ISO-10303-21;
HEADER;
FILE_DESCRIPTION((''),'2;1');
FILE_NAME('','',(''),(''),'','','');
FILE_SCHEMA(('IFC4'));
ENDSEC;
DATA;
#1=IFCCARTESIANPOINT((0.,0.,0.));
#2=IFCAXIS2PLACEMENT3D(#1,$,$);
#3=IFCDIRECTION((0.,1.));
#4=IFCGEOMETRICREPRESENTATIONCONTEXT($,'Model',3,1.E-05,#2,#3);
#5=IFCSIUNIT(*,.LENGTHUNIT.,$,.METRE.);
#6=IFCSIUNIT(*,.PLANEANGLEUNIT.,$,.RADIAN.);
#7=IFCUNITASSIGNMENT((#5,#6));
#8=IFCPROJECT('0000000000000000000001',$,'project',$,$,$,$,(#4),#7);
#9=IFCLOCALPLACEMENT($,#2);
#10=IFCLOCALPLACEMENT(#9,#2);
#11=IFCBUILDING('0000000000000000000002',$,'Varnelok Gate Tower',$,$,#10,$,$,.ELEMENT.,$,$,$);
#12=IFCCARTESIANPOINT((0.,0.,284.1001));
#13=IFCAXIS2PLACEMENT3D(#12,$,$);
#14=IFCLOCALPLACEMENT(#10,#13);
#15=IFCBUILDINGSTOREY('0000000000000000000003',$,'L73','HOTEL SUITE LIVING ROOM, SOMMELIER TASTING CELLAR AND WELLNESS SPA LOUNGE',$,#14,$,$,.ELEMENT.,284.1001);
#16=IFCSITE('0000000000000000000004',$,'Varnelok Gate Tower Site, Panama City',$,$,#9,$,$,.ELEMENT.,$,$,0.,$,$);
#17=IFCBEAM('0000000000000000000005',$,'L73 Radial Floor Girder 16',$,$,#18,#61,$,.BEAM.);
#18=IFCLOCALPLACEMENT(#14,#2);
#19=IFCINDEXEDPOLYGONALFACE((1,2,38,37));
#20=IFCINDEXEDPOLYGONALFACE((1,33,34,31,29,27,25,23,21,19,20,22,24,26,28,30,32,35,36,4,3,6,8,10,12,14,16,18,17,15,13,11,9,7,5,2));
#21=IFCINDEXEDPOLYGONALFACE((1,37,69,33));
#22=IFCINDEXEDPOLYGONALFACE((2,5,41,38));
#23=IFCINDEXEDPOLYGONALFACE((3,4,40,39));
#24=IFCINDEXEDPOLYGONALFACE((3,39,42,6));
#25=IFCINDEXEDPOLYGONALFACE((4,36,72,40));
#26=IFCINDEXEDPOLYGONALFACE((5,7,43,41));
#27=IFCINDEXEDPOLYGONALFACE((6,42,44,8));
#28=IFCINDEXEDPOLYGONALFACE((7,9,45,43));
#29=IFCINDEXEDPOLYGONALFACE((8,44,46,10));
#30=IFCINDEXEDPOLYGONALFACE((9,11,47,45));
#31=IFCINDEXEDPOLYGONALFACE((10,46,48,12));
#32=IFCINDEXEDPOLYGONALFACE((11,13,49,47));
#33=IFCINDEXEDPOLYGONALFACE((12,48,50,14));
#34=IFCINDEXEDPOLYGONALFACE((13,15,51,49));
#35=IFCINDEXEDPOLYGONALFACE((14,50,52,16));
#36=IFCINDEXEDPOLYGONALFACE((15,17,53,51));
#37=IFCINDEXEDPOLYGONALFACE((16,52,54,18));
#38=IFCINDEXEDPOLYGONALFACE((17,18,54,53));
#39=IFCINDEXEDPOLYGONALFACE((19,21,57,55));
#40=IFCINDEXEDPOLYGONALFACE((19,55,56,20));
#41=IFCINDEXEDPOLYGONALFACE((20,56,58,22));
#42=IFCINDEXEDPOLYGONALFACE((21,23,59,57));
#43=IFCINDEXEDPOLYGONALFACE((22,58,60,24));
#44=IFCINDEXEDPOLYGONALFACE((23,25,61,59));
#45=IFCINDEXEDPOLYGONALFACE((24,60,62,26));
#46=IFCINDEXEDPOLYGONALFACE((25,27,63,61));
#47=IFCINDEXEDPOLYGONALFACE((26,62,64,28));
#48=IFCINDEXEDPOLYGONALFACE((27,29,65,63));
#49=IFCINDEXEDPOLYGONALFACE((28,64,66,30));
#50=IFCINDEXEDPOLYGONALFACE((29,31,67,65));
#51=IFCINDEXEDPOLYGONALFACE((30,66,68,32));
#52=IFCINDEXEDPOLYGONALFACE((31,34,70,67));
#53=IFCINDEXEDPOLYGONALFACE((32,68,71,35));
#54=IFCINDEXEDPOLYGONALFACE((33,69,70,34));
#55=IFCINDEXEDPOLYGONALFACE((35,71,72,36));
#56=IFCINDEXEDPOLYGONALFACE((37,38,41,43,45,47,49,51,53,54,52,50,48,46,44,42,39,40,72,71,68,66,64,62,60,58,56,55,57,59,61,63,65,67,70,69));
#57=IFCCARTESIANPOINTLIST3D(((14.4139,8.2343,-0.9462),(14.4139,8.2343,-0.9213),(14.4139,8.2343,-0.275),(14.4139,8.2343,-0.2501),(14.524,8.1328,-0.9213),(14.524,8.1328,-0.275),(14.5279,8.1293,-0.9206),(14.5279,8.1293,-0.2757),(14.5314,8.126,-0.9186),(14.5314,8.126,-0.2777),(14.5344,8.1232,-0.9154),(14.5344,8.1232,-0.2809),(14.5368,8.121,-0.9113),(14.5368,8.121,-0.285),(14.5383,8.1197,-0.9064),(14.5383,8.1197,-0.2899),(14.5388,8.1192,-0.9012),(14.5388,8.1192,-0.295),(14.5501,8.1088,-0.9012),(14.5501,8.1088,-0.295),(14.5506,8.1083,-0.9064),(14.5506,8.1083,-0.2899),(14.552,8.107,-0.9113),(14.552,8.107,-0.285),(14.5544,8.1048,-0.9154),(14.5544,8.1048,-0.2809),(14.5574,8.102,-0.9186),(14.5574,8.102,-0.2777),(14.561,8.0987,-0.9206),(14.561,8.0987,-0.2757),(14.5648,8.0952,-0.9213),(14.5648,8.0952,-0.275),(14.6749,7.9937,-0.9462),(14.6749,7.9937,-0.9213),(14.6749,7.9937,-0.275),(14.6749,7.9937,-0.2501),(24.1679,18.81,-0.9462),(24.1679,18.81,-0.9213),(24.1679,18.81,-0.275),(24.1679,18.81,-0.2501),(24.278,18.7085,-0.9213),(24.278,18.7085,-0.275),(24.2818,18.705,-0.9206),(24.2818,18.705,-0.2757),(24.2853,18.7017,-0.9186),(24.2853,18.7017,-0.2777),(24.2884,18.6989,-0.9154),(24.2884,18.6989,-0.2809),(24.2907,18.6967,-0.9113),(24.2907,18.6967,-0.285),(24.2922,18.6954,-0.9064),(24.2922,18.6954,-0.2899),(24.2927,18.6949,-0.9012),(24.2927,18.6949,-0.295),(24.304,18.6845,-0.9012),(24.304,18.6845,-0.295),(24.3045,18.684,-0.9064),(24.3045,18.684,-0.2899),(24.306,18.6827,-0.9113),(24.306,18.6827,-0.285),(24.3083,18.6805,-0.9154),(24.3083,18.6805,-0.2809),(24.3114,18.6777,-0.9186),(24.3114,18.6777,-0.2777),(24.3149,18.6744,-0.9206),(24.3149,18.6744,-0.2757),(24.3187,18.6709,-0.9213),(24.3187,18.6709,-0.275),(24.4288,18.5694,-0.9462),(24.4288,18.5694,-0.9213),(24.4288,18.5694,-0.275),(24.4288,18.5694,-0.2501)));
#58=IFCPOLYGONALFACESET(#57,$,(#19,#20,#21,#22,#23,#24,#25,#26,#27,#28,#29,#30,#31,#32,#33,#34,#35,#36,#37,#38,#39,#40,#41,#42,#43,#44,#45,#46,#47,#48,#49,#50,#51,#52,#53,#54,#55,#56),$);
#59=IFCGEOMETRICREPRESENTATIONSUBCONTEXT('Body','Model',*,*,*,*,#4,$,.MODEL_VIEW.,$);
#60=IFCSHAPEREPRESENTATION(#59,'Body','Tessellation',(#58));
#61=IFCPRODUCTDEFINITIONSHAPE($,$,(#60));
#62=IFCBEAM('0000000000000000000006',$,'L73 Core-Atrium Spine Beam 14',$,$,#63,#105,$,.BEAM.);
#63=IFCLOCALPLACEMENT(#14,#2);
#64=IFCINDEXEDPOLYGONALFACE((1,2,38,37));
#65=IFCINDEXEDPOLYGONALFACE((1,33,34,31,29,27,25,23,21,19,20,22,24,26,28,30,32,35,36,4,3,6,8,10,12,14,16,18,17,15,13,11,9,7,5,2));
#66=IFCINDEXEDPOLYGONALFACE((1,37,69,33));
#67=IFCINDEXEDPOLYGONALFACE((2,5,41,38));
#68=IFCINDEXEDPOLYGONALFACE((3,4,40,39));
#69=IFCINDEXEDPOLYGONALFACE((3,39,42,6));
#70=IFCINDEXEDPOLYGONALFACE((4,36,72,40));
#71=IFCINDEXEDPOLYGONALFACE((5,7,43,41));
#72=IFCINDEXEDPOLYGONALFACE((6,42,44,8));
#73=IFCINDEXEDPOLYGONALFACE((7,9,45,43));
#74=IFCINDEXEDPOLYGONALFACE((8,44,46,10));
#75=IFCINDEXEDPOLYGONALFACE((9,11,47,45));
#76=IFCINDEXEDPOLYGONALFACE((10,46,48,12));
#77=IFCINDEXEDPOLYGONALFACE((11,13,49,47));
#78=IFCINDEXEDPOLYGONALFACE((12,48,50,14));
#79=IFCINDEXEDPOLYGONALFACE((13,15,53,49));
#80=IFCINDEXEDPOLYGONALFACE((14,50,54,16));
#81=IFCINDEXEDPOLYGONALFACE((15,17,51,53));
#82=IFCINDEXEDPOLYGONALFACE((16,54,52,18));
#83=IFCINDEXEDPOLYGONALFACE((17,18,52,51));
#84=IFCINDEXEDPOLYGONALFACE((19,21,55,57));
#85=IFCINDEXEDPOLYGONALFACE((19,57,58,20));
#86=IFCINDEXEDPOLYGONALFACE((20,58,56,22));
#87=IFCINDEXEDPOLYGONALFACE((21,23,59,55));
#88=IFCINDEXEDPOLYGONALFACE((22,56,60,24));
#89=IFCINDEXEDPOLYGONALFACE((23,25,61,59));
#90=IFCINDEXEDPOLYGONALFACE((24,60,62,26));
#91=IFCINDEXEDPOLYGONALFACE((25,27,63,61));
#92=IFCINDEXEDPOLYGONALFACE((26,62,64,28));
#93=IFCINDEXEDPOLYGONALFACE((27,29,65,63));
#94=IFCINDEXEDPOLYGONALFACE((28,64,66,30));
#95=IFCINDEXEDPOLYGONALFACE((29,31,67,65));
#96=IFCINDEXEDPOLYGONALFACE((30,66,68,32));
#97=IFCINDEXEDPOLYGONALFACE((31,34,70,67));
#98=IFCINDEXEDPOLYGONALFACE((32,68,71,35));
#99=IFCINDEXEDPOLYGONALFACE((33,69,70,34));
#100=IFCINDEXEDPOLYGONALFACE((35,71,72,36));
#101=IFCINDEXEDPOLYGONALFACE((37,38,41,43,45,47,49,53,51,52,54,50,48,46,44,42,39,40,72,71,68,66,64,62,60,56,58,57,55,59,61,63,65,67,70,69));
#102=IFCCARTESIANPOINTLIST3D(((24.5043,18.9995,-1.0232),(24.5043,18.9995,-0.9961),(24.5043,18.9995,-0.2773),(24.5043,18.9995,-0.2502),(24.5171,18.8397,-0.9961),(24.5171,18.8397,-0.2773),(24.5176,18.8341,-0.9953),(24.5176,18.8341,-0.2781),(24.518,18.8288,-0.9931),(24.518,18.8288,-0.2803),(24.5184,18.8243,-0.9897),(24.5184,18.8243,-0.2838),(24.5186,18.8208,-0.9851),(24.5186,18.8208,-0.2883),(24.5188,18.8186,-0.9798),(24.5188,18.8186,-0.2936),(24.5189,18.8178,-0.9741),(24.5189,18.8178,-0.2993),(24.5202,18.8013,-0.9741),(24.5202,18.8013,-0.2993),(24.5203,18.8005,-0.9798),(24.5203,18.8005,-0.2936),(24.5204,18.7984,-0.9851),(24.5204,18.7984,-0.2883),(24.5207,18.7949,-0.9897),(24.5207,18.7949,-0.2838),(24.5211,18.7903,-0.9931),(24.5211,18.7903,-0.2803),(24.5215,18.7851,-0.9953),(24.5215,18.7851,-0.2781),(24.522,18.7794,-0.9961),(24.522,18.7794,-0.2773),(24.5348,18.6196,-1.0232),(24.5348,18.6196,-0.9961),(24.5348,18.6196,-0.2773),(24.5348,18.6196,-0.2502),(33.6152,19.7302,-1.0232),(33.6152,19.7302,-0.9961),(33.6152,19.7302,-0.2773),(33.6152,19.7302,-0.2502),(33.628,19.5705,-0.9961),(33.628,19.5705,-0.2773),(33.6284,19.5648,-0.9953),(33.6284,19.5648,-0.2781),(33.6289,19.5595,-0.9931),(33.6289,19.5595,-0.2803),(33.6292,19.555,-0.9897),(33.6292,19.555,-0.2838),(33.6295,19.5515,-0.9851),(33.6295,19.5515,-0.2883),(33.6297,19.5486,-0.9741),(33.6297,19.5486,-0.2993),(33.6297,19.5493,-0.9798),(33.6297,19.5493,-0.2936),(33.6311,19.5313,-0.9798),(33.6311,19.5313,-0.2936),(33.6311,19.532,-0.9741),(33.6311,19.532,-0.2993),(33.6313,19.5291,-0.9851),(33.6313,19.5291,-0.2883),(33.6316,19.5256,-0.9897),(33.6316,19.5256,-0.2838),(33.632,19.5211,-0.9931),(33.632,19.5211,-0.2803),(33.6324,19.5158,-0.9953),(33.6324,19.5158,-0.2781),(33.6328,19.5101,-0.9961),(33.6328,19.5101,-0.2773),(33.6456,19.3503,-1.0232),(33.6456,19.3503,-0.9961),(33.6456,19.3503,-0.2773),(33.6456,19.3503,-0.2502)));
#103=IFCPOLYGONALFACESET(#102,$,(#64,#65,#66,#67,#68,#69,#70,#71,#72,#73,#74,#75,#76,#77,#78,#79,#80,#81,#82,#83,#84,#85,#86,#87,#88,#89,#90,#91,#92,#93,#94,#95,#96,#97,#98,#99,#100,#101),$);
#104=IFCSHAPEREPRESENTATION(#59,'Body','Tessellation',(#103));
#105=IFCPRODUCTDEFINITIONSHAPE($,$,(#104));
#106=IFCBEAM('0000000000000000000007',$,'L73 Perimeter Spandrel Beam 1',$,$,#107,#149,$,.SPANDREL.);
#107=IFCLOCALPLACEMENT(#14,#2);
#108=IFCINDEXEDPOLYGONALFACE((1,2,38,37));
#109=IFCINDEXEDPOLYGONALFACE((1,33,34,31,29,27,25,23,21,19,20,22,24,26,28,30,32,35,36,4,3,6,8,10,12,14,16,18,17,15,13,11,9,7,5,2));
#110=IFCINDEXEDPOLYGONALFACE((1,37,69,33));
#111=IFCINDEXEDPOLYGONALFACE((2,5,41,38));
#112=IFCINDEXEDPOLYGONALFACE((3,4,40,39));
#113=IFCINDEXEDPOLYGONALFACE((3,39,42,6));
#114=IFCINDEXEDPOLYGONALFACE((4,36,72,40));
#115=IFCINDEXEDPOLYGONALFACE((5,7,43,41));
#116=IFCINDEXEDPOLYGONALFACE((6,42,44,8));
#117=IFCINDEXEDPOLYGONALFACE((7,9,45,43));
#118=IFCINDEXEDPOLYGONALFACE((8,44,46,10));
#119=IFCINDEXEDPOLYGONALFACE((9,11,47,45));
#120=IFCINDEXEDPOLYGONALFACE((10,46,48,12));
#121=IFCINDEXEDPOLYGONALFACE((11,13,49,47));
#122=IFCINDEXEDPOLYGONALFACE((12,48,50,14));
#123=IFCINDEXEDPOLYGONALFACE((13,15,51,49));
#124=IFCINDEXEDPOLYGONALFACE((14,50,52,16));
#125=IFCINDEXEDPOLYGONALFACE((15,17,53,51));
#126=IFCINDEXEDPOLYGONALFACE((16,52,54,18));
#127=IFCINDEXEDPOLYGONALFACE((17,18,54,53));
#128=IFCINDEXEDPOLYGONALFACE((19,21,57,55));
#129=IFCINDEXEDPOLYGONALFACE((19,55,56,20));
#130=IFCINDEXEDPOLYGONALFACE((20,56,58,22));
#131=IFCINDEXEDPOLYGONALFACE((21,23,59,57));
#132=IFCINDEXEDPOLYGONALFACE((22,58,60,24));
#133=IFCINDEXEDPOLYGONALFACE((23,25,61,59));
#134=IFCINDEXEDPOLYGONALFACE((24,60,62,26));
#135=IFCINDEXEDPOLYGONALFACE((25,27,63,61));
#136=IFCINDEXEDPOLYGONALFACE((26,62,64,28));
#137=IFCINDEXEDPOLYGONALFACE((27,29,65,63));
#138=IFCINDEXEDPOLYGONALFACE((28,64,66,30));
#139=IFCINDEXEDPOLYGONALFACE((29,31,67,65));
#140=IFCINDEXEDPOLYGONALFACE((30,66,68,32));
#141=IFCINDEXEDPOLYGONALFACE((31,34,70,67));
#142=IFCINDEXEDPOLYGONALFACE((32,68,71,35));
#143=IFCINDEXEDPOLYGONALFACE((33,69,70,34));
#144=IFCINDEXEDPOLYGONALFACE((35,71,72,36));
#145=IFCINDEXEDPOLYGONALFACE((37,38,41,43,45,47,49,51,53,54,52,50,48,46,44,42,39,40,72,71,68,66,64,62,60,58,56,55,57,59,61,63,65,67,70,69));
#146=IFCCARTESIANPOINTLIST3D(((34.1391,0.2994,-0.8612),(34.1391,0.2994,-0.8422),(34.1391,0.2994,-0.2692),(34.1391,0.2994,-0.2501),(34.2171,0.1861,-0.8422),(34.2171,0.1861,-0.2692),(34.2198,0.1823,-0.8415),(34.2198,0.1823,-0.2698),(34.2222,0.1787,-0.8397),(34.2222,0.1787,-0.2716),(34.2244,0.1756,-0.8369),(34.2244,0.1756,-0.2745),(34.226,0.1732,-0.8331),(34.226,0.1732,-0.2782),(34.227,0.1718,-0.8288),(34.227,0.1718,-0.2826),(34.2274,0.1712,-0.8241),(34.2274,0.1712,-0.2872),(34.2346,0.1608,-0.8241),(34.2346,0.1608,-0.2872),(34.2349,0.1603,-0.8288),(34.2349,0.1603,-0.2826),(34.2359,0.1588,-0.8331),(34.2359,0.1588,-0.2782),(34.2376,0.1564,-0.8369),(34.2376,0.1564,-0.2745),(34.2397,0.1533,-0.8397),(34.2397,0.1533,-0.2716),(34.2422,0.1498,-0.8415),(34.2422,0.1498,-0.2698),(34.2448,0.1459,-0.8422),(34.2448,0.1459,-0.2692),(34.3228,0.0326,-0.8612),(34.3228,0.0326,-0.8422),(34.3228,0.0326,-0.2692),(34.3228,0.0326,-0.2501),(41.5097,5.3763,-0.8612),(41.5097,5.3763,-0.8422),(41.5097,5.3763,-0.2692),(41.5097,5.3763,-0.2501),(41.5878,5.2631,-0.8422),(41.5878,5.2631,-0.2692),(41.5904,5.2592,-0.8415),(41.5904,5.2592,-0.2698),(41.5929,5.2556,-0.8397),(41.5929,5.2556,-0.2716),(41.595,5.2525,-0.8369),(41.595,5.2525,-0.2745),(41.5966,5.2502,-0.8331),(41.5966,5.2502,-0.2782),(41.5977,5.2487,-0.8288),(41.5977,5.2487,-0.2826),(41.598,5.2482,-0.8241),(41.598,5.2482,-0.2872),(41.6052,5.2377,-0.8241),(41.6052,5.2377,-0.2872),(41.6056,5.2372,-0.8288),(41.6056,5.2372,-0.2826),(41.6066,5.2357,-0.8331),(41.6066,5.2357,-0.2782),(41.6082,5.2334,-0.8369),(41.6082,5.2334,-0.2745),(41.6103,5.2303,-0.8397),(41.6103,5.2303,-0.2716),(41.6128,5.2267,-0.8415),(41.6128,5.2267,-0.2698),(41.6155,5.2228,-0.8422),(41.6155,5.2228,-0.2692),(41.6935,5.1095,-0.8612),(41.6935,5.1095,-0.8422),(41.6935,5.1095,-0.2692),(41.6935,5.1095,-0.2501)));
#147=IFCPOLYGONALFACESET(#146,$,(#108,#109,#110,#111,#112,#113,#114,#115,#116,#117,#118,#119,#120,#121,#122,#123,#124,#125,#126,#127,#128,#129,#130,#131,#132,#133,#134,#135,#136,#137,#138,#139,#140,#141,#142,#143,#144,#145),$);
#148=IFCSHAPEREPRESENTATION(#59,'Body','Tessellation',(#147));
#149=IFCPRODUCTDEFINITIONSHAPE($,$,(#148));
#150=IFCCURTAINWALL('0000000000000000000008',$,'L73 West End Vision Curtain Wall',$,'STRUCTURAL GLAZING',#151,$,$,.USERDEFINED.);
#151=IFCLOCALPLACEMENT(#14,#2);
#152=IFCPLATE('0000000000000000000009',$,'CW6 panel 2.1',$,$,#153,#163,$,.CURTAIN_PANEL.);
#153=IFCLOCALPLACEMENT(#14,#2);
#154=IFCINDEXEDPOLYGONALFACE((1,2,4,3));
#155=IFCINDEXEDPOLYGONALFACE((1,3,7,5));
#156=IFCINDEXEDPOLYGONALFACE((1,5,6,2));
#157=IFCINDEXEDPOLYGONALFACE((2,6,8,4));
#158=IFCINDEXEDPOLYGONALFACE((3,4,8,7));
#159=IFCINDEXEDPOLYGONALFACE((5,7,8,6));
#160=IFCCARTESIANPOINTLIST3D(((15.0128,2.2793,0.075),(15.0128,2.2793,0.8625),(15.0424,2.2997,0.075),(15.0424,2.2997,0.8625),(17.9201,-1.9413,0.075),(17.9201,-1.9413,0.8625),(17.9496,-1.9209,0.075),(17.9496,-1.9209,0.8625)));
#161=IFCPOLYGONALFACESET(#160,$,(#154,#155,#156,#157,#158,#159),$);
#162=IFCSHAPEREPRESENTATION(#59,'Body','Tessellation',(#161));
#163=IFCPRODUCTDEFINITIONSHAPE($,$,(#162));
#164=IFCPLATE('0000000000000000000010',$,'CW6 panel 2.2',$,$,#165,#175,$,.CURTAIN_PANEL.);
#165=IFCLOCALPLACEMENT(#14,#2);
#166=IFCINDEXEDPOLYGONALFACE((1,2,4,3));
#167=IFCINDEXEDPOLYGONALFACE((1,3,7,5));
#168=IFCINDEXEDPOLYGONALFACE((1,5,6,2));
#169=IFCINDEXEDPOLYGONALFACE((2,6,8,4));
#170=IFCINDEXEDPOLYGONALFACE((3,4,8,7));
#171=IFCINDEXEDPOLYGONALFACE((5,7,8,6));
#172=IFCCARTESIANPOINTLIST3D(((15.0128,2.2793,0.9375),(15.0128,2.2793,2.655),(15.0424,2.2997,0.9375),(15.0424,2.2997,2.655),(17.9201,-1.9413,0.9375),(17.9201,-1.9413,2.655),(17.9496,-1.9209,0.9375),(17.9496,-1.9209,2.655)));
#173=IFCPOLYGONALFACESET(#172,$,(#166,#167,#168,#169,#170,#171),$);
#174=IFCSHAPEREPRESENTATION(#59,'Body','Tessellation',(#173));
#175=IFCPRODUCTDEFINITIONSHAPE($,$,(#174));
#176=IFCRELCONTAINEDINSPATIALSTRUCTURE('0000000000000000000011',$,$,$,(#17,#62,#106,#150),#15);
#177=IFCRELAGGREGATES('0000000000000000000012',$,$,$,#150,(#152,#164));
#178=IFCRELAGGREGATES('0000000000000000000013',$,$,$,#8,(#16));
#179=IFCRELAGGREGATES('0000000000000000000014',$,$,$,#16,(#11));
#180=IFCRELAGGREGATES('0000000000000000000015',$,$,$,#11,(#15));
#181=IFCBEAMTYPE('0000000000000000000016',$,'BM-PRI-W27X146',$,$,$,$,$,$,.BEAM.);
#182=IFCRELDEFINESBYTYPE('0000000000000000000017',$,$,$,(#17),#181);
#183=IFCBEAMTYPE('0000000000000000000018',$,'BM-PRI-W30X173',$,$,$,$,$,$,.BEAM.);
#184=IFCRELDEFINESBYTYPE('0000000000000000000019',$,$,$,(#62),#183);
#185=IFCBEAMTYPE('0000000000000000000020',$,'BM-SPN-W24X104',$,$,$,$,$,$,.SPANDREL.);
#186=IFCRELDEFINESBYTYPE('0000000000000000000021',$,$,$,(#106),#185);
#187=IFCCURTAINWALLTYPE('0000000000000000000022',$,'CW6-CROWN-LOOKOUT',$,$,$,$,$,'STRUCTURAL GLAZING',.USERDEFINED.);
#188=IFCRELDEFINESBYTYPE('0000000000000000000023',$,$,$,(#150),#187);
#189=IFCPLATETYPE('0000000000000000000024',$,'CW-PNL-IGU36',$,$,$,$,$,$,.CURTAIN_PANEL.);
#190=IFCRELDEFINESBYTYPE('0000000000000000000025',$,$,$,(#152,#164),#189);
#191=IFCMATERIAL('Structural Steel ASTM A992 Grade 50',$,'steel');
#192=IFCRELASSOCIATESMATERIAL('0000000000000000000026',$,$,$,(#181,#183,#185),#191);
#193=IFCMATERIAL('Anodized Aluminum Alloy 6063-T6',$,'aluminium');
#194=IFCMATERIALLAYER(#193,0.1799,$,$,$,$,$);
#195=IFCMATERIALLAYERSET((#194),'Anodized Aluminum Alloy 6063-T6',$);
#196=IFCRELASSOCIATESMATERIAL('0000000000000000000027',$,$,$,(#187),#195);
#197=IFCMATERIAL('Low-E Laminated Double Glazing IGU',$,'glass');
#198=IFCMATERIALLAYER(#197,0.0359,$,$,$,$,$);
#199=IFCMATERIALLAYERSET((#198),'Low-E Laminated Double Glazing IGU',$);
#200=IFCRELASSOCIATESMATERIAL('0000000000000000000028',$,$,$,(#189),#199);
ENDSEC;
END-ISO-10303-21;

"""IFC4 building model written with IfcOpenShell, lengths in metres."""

from ifc_helpers import new_model, si_unit, direction, frame, origin, origin_2d, place, context, subcontext, project, spatial, rectangle, i_section, extrude, source, transform, mapped, material, layer, layer_set, material_profile, profile_set, type_object, element, aggregate, save


model = new_model("IFC4")

# Units and contexts
model_context = context("Model", 3, precision=1e-05, world=origin(), true_north=direction((0.0, 1.0)))
body_context = subcontext(model_context, "Body", "Model", "MODEL_VIEW")
ifc_project = project(units=[si_unit("LENGTHUNIT", "METRE"), si_unit("PLANEANGLEUNIT", "RADIAN")], contexts=[model_context])

# Site, building, storey
site_placement = place(None, origin())
site = spatial("IfcSite", under=ifc_project, at=site_placement, Name="Varnelok Gate Tower Site, Panama City", CompositionType="ELEMENT", RefElevation=0.0)
building_placement = place(site_placement, origin())
building = spatial("IfcBuilding", under=site, at=building_placement, Name="Varnelok Gate Tower", CompositionType="ELEMENT")
storey_placement = place(building_placement, frame((0.0, 0.0, 284.1001)))
storey = spatial("IfcBuildingStorey", under=building, at=storey_placement, Name="L73", Description="HOTEL SUITE LIVING ROOM, SOMMELIER TASTING CELLAR AND WELLNESS SPA LOUNGE", CompositionType="ELEMENT", Elevation=284.1001)

# Shared definitions
ifc_material_1 = material(Name="Structural Steel ASTM A992 Grade 50", Category="steel")

# Beams
ifc_material_profile_1 = material_profile(ifc_material_1, i_section(OverallWidth=0.355, OverallDepth=0.696, WebThickness=0.0154, FlangeThickness=0.0249, FilletRadius=0.02, at=origin_2d()), Name="W27X146")
ifc_profile_set_1 = profile_set([ifc_material_profile_1], Name="Structural Steel ASTM A992 Grade 50")
beam_type_1 = type_object("IfcBeamType", Name="BM-PRI-W27X146", PredefinedType="BEAM", material=ifc_profile_set_1)
beam_1_placement = place(storey_placement, frame((24.2983, 18.6897, -0.5981), z_axis=(-0.67797, -0.73509, 0.0), x_axis=(0.73509, -0.67797, 0.0)))
element("IfcBeam", 1, at=beam_1_placement, inside=storey, type_object=beam_type_1, Name="L73 Radial Floor Girder 16", PredefinedType="BEAM", context=body_context, shape_type="SweptSolid", body=[
    extrude(i_section(OverallWidth=0.355, OverallDepth=0.696, WebThickness=0.0154, FlangeThickness=0.0249, FilletRadius=0.02, at=origin_2d()), origin(), (0.0, 0.0, 1.0), 14.387),
])
ifc_material_profile_2 = material_profile(ifc_material_1, i_section(OverallWidth=0.3811, OverallDepth=0.7729, WebThickness=0.0166, FlangeThickness=0.0271, FilletRadius=0.022, at=origin_2d()), Name="W30X173")
ifc_profile_set_2 = profile_set([ifc_material_profile_2], Name="Structural Steel ASTM A992 Grade 50")
beam_type_2 = type_object("IfcBeamType", Name="BM-PRI-W30X173", PredefinedType="BEAM", material=ifc_profile_set_2)
beam_2_placement = place(storey_placement, frame((24.5195, 18.8096, -0.6367), z_axis=(0.996799, 0.079946, 0.0), x_axis=(-0.079946, 0.996799, 0.0)))
element("IfcBeam", 2, at=beam_2_placement, inside=storey, type_object=beam_type_2, Name="L73 Core-Atrium Spine Beam 14", PredefinedType="BEAM", context=body_context, shape_type="SweptSolid", body=[
    extrude(i_section(OverallWidth=0.3811, OverallDepth=0.7729, WebThickness=0.0166, FlangeThickness=0.0271, FilletRadius=0.022, at=origin_2d()), origin(), (0.0, 0.0, 1.0), 9.1401),
])
ifc_material_profile_3 = material_profile(ifc_material_1, i_section(OverallWidth=0.324, OverallDepth=0.6111, WebThickness=0.0127, FlangeThickness=0.019, FilletRadius=0.0181, at=origin_2d()), Name="W24X104")
ifc_profile_set_3 = profile_set([ifc_material_profile_3], Name="Structural Steel ASTM A992 Grade 50")
beam_type_3 = type_object("IfcBeamType", Name="BM-SPN-W24X104", PredefinedType="SPANDREL", material=ifc_profile_set_3)
beam_3_placement = place(storey_placement, frame((34.231, 0.166, -0.5557), z_axis=(0.82354, 0.567258, 0.0), x_axis=(-0.567258, 0.82354, 0.0)))
element("IfcBeam", 3, at=beam_3_placement, inside=storey, type_object=beam_type_3, Name="L73 Perimeter Spandrel Beam 1", PredefinedType="SPANDREL", context=body_context, shape_type="SweptSolid", body=[
    extrude(i_section(OverallWidth=0.324, OverallDepth=0.6111, WebThickness=0.0127, FlangeThickness=0.019, FilletRadius=0.0181, at=origin_2d()), origin(), (0.0, 0.0, 1.0), 8.95),
])

# Curtain wall, plates
ifc_material_2 = material(Name="Anodized Aluminum Alloy 6063-T6", Category="aluminium")
ifc_layer_1 = layer(ifc_material_2, 0.1799)
ifc_layer_set_1 = layer_set([ifc_layer_1], Name="Anodized Aluminum Alloy 6063-T6")
curtain_wall_type = type_object("IfcCurtainWallType", Name="CW6-CROWN-LOOKOUT", ElementType="STRUCTURAL GLAZING", PredefinedType="USERDEFINED", material=ifc_layer_set_1)
curtain_wall_placement = place(storey_placement, origin())
curtain_wall = element("IfcCurtainWall", 4, at=curtain_wall_placement, inside=storey, type_object=curtain_wall_type, Name="L73 West End Vision Curtain Wall", ObjectType="STRUCTURAL GLAZING", PredefinedType="USERDEFINED")
ifc_material_3 = material(Name="Low-E Laminated Double Glazing IGU", Category="glass")
ifc_layer_2 = layer(ifc_material_3, 0.0359)
ifc_layer_set_2 = layer_set([ifc_layer_2], Name="Low-E Laminated Double Glazing IGU")
plate_type = type_object("IfcPlateType", Name="CW-PNL-IGU36", PredefinedType="CURTAIN_PANEL", material=ifc_layer_set_2)
shared_shape_1 = source(origin(), body_context, "Body", "SweptSolid", [
    extrude(rectangle(XDim=5.125, YDim=0.0359, at=origin_2d()), origin(), (0.0, 0.0, 1.0), 0.7876),
])
plate_1_placement = place(storey_placement, frame((16.4812, 0.1792, 0.075), z_axis=(0.0, 0.0, 1.0), x_axis=(-0.567269, 0.823532, 0.0)))
plate_1 = element("IfcPlate", 5, at=plate_1_placement, type_object=plate_type, Name="CW6 panel 2.1", PredefinedType="CURTAIN_PANEL", context=body_context, shape_type="MappedRepresentation", body=[
    mapped(shared_shape_1, transform((0.0, 0.0, 0.0), scale=1.0)),
])
shared_shape_2 = source(origin(), body_context, "Body", "SweptSolid", [
    extrude(rectangle(XDim=5.125, YDim=0.0359, at=origin_2d()), origin(), (0.0, 0.0, 1.0), 1.7175),
])
plate_2_placement = place(storey_placement, frame((16.4812, 0.1792, 0.9375), z_axis=(0.0, 0.0, 1.0), x_axis=(-0.567269, 0.823532, 0.0)))
plate_2 = element("IfcPlate", 6, at=plate_2_placement, type_object=plate_type, Name="CW6 panel 2.2", PredefinedType="CURTAIN_PANEL", context=body_context, shape_type="MappedRepresentation", body=[
    mapped(shared_shape_2, transform((0.0, 0.0, 0.0), scale=1.0)),
])
aggregate(curtain_wall, [plate_1, plate_2])

save(model, "model.ifc")
